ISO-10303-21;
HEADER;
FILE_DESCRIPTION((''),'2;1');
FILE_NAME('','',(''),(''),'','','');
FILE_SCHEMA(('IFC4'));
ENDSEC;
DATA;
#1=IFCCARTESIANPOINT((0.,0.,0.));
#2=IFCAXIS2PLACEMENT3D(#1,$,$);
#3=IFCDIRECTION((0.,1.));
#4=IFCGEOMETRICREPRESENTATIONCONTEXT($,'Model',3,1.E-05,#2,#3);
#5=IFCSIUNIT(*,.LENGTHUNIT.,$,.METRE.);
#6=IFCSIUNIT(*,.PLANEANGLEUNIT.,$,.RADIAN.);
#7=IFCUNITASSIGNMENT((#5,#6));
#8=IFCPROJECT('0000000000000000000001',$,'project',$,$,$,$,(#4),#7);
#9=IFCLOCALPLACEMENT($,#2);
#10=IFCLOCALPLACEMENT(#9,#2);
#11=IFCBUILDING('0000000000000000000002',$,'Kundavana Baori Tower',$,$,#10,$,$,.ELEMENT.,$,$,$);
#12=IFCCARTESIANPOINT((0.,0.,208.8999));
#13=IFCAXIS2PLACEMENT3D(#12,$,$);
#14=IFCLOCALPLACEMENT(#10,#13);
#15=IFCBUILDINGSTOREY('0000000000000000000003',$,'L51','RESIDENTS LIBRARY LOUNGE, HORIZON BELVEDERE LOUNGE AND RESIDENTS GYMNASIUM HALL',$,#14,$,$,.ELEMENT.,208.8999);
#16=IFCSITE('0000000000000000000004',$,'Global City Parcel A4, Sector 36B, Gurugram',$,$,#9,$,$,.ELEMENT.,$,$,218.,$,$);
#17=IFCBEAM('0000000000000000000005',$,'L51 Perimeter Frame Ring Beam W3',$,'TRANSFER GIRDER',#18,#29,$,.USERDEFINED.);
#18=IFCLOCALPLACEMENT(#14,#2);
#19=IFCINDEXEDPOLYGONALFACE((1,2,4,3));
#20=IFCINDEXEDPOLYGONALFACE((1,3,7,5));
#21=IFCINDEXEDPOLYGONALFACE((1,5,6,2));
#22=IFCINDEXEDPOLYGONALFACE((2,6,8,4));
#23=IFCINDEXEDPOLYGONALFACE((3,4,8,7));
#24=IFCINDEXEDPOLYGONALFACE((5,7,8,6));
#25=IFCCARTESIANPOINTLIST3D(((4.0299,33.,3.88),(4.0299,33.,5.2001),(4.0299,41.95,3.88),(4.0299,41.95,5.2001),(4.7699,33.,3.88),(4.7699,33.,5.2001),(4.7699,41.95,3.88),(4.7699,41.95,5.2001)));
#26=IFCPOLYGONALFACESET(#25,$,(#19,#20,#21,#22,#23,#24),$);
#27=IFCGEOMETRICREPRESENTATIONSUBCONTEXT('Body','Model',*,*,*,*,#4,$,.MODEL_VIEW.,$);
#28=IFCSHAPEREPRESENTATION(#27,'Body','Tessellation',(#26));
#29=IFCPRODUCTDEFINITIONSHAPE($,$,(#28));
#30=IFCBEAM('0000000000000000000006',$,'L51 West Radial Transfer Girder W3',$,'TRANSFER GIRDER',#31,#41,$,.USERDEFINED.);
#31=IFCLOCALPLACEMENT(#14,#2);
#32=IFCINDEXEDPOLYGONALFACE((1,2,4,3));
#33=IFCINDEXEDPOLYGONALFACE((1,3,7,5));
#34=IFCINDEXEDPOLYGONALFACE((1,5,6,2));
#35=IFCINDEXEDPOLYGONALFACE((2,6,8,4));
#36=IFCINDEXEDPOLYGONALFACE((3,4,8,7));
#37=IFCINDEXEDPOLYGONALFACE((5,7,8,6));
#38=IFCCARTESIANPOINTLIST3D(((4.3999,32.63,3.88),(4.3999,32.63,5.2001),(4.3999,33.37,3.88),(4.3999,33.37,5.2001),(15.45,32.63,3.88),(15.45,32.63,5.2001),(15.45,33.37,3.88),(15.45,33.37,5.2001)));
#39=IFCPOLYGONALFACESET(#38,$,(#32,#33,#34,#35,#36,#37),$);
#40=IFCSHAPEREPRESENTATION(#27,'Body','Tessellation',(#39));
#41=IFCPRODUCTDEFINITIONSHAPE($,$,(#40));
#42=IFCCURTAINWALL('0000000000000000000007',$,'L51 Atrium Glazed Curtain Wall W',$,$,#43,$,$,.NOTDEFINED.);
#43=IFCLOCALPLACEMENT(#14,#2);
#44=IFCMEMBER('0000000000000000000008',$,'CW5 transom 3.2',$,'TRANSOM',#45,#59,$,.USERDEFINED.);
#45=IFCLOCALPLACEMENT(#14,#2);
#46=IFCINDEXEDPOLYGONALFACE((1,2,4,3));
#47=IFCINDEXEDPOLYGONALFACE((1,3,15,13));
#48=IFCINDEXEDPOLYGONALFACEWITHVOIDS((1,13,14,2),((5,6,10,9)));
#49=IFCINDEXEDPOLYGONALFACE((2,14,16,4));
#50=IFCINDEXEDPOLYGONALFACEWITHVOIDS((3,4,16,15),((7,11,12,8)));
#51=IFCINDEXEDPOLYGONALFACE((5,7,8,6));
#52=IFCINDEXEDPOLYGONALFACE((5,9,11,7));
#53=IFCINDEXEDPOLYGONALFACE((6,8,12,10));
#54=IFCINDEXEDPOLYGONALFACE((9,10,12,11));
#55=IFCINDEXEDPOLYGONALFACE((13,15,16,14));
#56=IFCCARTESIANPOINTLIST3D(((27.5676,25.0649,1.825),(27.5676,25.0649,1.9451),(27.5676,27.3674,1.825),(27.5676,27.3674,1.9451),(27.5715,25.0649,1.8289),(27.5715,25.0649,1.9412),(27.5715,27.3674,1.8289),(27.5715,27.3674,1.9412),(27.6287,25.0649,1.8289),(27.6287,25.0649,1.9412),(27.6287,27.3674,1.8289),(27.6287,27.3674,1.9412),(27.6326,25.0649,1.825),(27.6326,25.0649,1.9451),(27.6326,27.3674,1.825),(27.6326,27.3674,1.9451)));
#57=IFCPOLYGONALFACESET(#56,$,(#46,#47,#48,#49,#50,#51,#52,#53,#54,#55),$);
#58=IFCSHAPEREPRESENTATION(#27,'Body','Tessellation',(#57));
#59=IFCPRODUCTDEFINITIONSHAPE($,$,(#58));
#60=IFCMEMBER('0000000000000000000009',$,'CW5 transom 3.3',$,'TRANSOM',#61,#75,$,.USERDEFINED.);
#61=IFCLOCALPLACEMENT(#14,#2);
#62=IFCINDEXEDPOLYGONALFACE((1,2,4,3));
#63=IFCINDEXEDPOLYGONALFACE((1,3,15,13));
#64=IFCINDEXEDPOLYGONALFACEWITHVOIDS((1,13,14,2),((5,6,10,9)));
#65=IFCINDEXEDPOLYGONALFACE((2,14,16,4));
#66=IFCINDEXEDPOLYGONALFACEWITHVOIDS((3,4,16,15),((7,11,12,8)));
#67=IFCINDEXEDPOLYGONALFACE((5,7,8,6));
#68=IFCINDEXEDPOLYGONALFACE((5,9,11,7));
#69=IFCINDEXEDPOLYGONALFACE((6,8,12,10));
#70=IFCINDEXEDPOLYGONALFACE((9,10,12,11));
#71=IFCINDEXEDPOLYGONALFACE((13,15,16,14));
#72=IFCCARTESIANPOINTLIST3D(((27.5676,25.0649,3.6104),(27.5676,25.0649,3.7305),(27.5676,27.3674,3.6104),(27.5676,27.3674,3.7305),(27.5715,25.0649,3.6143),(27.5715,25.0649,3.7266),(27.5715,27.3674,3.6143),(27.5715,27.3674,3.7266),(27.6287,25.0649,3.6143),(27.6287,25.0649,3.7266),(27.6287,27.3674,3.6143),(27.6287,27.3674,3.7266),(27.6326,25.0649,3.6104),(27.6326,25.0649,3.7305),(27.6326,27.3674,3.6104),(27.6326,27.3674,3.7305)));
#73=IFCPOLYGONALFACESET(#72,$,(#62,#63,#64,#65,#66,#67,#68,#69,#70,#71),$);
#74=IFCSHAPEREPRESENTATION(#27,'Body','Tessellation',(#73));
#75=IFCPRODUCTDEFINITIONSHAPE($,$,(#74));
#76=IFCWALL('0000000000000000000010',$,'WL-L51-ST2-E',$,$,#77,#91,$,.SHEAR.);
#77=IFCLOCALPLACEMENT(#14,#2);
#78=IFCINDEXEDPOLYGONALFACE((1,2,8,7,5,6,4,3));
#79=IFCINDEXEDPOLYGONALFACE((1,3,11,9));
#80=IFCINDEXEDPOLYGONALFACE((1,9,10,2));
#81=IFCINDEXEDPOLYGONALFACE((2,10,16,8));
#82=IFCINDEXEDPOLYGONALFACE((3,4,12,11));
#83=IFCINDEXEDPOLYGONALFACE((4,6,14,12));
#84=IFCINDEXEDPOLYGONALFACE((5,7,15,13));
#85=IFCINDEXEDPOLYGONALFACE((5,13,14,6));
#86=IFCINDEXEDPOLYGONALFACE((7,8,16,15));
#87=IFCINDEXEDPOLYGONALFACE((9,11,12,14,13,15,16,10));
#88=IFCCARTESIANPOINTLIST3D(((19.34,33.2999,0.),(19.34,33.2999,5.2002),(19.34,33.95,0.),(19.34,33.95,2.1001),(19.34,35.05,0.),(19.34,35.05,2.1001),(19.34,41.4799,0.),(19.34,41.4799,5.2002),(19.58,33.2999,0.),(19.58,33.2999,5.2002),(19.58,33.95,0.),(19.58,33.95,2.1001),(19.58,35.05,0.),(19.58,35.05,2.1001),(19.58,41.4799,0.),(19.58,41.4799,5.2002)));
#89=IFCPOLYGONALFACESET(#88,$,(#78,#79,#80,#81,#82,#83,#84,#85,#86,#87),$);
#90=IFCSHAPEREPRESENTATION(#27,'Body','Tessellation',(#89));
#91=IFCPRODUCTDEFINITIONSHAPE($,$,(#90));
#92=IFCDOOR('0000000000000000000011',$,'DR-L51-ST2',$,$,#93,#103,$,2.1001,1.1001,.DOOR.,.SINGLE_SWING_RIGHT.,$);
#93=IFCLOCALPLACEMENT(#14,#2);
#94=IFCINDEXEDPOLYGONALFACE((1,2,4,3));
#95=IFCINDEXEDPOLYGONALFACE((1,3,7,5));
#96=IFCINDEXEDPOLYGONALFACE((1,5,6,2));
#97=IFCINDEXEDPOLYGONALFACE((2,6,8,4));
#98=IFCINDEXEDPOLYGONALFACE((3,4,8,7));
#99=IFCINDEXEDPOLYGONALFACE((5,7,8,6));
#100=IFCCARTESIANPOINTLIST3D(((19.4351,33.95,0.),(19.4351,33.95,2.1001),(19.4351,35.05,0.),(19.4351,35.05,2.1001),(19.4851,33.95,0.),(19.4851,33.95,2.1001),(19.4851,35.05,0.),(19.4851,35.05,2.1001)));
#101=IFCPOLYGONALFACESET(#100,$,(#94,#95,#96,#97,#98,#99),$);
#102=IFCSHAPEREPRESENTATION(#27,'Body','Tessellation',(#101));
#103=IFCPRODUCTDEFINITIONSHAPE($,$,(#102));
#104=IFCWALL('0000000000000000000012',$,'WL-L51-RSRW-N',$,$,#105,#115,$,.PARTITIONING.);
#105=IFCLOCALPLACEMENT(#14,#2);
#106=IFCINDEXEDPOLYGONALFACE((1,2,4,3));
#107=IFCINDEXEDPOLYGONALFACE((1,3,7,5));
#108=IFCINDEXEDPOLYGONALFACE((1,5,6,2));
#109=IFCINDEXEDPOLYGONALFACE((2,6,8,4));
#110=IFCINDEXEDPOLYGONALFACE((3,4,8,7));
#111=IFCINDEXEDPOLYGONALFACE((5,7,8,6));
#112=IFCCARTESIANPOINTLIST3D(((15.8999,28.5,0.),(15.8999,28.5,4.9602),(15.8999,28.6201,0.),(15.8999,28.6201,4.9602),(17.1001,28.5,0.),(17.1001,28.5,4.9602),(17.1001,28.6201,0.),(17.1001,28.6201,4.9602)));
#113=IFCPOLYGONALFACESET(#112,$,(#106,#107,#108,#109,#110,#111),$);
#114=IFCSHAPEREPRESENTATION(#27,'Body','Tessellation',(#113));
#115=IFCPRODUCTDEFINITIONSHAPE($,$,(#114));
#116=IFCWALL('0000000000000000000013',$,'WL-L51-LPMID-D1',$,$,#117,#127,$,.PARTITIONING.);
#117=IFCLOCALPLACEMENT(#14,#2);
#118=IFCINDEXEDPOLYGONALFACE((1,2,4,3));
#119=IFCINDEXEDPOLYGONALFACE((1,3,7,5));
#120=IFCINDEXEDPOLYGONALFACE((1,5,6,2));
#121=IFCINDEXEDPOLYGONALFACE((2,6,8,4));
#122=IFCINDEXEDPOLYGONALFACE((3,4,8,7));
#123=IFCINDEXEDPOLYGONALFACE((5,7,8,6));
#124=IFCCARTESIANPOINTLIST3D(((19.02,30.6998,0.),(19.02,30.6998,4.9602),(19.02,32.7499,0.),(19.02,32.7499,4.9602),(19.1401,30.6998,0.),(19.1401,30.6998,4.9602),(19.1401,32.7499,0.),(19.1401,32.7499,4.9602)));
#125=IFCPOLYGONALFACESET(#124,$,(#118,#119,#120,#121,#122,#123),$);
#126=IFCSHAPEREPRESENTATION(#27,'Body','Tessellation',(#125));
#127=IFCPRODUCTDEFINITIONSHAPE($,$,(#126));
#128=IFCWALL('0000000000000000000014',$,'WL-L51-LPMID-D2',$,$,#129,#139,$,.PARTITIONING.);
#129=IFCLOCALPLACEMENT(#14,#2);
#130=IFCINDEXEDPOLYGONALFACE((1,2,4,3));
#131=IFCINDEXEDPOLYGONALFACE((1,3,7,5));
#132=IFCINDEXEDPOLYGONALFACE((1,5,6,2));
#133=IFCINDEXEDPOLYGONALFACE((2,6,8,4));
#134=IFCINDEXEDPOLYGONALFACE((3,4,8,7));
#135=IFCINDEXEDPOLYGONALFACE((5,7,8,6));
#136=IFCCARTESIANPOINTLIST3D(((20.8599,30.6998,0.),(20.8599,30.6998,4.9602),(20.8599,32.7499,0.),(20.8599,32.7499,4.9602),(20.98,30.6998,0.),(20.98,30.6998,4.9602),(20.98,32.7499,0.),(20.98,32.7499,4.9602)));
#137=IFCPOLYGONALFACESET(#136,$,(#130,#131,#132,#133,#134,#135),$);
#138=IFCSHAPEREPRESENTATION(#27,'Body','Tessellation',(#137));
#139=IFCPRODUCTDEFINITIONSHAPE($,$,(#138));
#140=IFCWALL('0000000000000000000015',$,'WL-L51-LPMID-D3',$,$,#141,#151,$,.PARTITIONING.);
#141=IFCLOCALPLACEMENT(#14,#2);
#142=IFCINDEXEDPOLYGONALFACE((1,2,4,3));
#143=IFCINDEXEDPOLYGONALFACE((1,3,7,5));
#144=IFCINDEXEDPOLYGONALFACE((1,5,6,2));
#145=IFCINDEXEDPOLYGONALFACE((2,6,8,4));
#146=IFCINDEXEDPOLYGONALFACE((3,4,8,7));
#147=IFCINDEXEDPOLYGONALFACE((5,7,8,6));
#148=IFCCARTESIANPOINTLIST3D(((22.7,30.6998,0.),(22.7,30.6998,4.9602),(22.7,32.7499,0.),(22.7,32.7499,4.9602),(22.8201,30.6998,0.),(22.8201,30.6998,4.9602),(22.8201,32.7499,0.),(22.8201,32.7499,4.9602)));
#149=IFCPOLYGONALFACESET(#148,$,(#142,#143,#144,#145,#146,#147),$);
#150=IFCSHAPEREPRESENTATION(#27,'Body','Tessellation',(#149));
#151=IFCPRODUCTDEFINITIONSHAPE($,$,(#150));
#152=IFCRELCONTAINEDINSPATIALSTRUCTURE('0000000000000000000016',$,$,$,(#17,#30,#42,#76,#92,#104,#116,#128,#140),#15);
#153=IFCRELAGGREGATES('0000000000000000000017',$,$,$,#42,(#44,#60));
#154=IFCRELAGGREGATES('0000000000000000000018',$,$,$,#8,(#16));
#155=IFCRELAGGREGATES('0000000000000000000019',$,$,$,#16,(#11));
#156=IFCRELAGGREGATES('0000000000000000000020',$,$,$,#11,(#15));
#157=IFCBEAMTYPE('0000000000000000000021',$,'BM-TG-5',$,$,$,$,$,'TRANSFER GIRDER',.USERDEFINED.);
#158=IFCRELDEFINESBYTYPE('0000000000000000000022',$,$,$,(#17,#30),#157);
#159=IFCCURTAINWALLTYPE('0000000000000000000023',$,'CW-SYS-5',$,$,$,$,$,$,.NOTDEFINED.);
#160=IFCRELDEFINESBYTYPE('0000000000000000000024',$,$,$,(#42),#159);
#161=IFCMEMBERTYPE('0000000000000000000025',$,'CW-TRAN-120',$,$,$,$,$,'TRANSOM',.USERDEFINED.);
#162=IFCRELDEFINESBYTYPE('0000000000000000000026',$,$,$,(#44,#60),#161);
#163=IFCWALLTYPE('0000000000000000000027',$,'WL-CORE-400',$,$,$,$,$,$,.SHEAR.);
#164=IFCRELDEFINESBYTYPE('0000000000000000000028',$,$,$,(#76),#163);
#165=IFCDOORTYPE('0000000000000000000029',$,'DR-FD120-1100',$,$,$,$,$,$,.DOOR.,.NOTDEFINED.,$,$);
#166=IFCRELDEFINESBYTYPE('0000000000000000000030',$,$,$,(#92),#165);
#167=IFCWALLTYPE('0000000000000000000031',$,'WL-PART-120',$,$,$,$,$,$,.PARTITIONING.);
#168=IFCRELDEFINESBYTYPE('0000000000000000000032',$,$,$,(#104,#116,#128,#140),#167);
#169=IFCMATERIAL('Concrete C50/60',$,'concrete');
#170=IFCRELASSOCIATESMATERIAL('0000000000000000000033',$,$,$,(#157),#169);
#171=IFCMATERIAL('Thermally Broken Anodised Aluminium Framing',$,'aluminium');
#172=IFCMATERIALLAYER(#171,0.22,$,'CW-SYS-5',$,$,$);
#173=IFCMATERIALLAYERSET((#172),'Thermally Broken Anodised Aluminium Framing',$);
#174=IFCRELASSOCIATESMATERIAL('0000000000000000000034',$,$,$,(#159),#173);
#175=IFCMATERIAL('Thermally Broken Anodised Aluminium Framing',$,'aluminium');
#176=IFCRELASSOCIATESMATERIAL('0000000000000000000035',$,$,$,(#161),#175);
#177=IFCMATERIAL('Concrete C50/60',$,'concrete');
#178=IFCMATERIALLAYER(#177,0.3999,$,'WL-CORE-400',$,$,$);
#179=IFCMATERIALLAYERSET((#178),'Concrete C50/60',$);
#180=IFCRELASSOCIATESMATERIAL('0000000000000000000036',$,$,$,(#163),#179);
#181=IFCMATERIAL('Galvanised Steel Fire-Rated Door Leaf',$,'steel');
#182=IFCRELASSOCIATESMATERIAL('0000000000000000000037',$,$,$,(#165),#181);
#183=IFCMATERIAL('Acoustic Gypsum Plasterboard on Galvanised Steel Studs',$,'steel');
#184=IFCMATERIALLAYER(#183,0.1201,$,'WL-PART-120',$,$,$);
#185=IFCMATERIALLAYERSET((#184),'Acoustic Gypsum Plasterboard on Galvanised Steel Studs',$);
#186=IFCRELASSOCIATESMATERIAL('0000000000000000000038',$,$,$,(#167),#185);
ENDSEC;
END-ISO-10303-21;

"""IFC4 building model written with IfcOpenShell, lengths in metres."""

from ifc_helpers import new_model, si_unit, direction, frame, frame_2d, origin, origin_2d, place, context, subcontext, project, spatial, rectangle, hollow_rectangle, extrude, material, layer, layer_set, material_profile, profile_set, type_object, element, fill, aggregate, save


model = new_model("IFC4")

# Units and contexts
model_context = context("Model", 3, precision=1e-05, world=origin(), true_north=direction((0.0, 1.0)))
body_context = subcontext(model_context, "Body", "Model", "MODEL_VIEW")
ifc_project = project(units=[si_unit("LENGTHUNIT", "METRE"), si_unit("PLANEANGLEUNIT", "RADIAN")], contexts=[model_context])

# Site, building, storey
site_placement = place(None, origin())
site = spatial("IfcSite", under=ifc_project, at=site_placement, Name="Global City Parcel A4, Sector 36B, Gurugram", CompositionType="ELEMENT", RefElevation=218.0)
building_placement = place(site_placement, origin())
building = spatial("IfcBuilding", under=site, at=building_placement, Name="Kundavana Baori Tower", CompositionType="ELEMENT")
storey_placement = place(building_placement, frame((0.0, 0.0, 208.8999)))
storey = spatial("IfcBuildingStorey", under=building, at=storey_placement, Name="L51", Description="RESIDENTS LIBRARY LOUNGE, HORIZON BELVEDERE LOUNGE AND RESIDENTS GYMNASIUM HALL", CompositionType="ELEMENT", Elevation=208.8999)

# Beams
ifc_material_1 = material(Name="Concrete C50/60", Category="concrete")
ifc_material_profile_1 = material_profile(ifc_material_1, rectangle(XDim=0.74, YDim=1.3201, at=origin_2d()), Name="BM-TG-5")
ifc_profile_set_1 = profile_set([ifc_material_profile_1], Name="Concrete C50/60")
beam_type_1 = type_object("IfcBeamType", Name="BM-TG-5", ElementType="TRANSFER GIRDER", PredefinedType="USERDEFINED", material=ifc_profile_set_1)
beam_1_placement = place(storey_placement, frame((4.3999, 33.0, 4.54), z_axis=(0.0, 1.0, 0.0), x_axis=(-1.0, 0.0, 0.0)))
element("IfcBeam", 1, at=beam_1_placement, inside=storey, type_object=beam_type_1, Name="L51 Perimeter Frame Ring Beam W3", ObjectType="TRANSFER GIRDER", PredefinedType="USERDEFINED", context=body_context, shape_type="SweptSolid", body=[
    extrude(rectangle(XDim=0.74, YDim=1.3201, at=origin_2d()), origin(), (0.0, 0.0, 1.0), 8.95),
])
beam_2_placement = place(storey_placement, frame((15.45, 33.0, 4.54), z_axis=(-1.0, 0.0, 0.0), x_axis=(0.0, -1.0, 0.0)))
element("IfcBeam", 2, at=beam_2_placement, inside=storey, type_object=beam_type_1, Name="L51 West Radial Transfer Girder W3", ObjectType="TRANSFER GIRDER", PredefinedType="USERDEFINED", context=body_context, shape_type="SweptSolid", body=[
    extrude(rectangle(XDim=0.74, YDim=1.3201, at=origin_2d()), origin(), (0.0, 0.0, 1.0), 11.05),
])

# Curtain wall, members
ifc_material_2 = material(Name="Thermally Broken Anodised Aluminium Framing", Category="aluminium")
ifc_layer_1 = layer(ifc_material_2, 0.22, Name="CW-SYS-5")
ifc_layer_set_1 = layer_set([ifc_layer_1], Name="Thermally Broken Anodised Aluminium Framing")
curtain_wall_type = type_object("IfcCurtainWallType", Name="CW-SYS-5", PredefinedType="NOTDEFINED", material=ifc_layer_set_1)
curtain_wall_placement = place(storey_placement, origin())
curtain_wall = element("IfcCurtainWall", 3, at=curtain_wall_placement, inside=storey, type_object=curtain_wall_type, Name="L51 Atrium Glazed Curtain Wall W", PredefinedType="NOTDEFINED")
ifc_material_3 = material(Name="Thermally Broken Anodised Aluminium Framing", Category="aluminium")
ifc_material_profile_2 = material_profile(ifc_material_3, hollow_rectangle(XDim=0.0649, YDim=0.1201, WallThickness=0.0039, at=origin_2d()), Name="CW-TRAN-120")
ifc_profile_set_2 = profile_set([ifc_material_profile_2], Name="Thermally Broken Anodised Aluminium Framing")
member_type = type_object("IfcMemberType", Name="CW-TRAN-120", ElementType="TRANSOM", PredefinedType="USERDEFINED", material=ifc_profile_set_2)
member_1_placement = place(storey_placement, frame((27.6001, 27.3674, 1.885), z_axis=(0.0, -1.0, 0.0), x_axis=(1.0, 0.0, 0.0)))
member_1 = element("IfcMember", 4, at=member_1_placement, type_object=member_type, Name="CW5 transom 3.2", ObjectType="TRANSOM", PredefinedType="USERDEFINED", context=body_context, shape_type="SweptSolid", body=[
    extrude(hollow_rectangle(XDim=0.0649, YDim=0.1201, WallThickness=0.0039, at=origin_2d()), origin(), (0.0, 0.0, 1.0), 2.3025),
])
member_2_placement = place(storey_placement, frame((27.6001, 27.3674, 3.6704), z_axis=(0.0, -1.0, 0.0), x_axis=(1.0, 0.0, 0.0)))
member_2 = element("IfcMember", 5, at=member_2_placement, type_object=member_type, Name="CW5 transom 3.3", ObjectType="TRANSOM", PredefinedType="USERDEFINED", context=body_context, shape_type="SweptSolid", body=[
    extrude(hollow_rectangle(XDim=0.0649, YDim=0.1201, WallThickness=0.0039, at=origin_2d()), origin(), (0.0, 0.0, 1.0), 2.3025),
])
aggregate(curtain_wall, [member_1, member_2])

# Wall, opening, door
ifc_material_4 = material(Name="Concrete C50/60", Category="concrete")
ifc_layer_2 = layer(ifc_material_4, 0.3999, Name="WL-CORE-400")
ifc_layer_set_2 = layer_set([ifc_layer_2], Name="Concrete C50/60")
wall_type_1 = type_object("IfcWallType", Name="WL-CORE-400", PredefinedType="SHEAR", material=ifc_layer_set_2)
wall_1_placement = place(storey_placement, frame((19.46, 33.3, 0.0), z_axis=(0.0, 0.0, 1.0), x_axis=(0.0, 1.0, 0.0)))
wall_1 = element("IfcWall", 6, at=wall_1_placement, inside=storey, type_object=wall_type_1, Name="WL-L51-ST2-E", PredefinedType="SHEAR", context=body_context, shape_type="SweptSolid", body=[
    extrude(rectangle(XDim=8.1799, YDim=0.24, at=frame_2d((4.0898, 0.0))), origin(), (0.0, 0.0, 1.0), 5.2002),
])
opening_1_placement = place(wall_1_placement, frame((0.6499, 0.0, 0.0)))
opening_1 = element("IfcOpeningElement", 7, at=opening_1_placement, cuts=wall_1, PredefinedType="OPENING", context=body_context, shape_type="SweptSolid", body=[
    extrude(rectangle(XDim=1.1001, YDim=2.1001, at=frame_2d((0.55, 1.05))), frame((0.0, 0.1299, 0.0), z_axis=(0.0, -1.0, 0.0), x_axis=(1.0, 0.0, 0.0)), (0.0, 0.0, 1.0), 0.26),
])
ifc_material_5 = material(Name="Galvanised Steel Fire-Rated Door Leaf", Category="steel")
door_type_1 = type_object("IfcDoorType", Name="DR-FD120-1100", OperationType="NOTDEFINED", PredefinedType="DOOR", material=ifc_material_5)
door_1_placement = place(opening_1_placement, origin())
door_1 = element("IfcDoor", 8, at=door_1_placement, inside=storey, type_object=door_type_1, Name="DR-L51-ST2", OperationType="SINGLE_SWING_RIGHT", OverallHeight=2.1001, OverallWidth=1.1001, PredefinedType="DOOR", context=body_context, shape_type="SweptSolid", body=[
    extrude(rectangle(XDim=1.1001, YDim=2.1001, at=frame_2d((0.55, 1.05))), frame((0.0, 0.0249, 0.0), z_axis=(0.0, -1.0, 0.0), x_axis=(1.0, 0.0, 0.0)), (0.0, 0.0, 1.0), 0.05),
])
fill(opening_1, door_1)

# Walls
ifc_material_6 = material(Name="Acoustic Gypsum Plasterboard on Galvanised Steel Studs", Category="steel")
ifc_layer_3 = layer(ifc_material_6, 0.1201, Name="WL-PART-120")
ifc_layer_set_3 = layer_set([ifc_layer_3], Name="Acoustic Gypsum Plasterboard on Galvanised Steel Studs")
wall_type_2 = type_object("IfcWallType", Name="WL-PART-120", PredefinedType="PARTITIONING", material=ifc_layer_set_3)
wall_2_placement = place(storey_placement, frame((15.8999, 28.5601, 0.0), z_axis=(0.0, 0.0, 1.0), x_axis=(1.0, 0.0, 0.0)))
element("IfcWall", 9, at=wall_2_placement, inside=storey, type_object=wall_type_2, Name="WL-L51-RSRW-N", PredefinedType="PARTITIONING", context=body_context, shape_type="SweptSolid", body=[
    extrude(rectangle(XDim=1.2002, YDim=0.1201, at=frame_2d((0.6001, 0.0))), origin(), (0.0, 0.0, 1.0), 4.9602),
])
for number, where, z_axis, x_axis, name in (
    (10, (19.0801, 30.7, 0.0), (0.0, 0.0, 1.0), (0.0, 1.0, 0.0), "WL-L51-LPMID-D1"),
    (11, (20.9199, 30.7, 0.0), (0.0, 0.0, 1.0), (0.0, 1.0, 0.0), "WL-L51-LPMID-D2"),
    (12, (22.76, 30.7, 0.0), (0.0, 0.0, 1.0), (0.0, 1.0, 0.0), "WL-L51-LPMID-D3"),
):
    element("IfcWall", number, at=place(storey_placement, frame(where, z_axis=z_axis, x_axis=x_axis)), inside=storey, type_object=wall_type_2, Name=name, PredefinedType="PARTITIONING", context=body_context, shape_type="SweptSolid", body=[
        extrude(rectangle(XDim=2.05, YDim=0.1201, at=frame_2d((1.0249, 0.0))), origin(), (0.0, 0.0, 1.0), 4.9602),
    ])

save(model, "model.ifc")
